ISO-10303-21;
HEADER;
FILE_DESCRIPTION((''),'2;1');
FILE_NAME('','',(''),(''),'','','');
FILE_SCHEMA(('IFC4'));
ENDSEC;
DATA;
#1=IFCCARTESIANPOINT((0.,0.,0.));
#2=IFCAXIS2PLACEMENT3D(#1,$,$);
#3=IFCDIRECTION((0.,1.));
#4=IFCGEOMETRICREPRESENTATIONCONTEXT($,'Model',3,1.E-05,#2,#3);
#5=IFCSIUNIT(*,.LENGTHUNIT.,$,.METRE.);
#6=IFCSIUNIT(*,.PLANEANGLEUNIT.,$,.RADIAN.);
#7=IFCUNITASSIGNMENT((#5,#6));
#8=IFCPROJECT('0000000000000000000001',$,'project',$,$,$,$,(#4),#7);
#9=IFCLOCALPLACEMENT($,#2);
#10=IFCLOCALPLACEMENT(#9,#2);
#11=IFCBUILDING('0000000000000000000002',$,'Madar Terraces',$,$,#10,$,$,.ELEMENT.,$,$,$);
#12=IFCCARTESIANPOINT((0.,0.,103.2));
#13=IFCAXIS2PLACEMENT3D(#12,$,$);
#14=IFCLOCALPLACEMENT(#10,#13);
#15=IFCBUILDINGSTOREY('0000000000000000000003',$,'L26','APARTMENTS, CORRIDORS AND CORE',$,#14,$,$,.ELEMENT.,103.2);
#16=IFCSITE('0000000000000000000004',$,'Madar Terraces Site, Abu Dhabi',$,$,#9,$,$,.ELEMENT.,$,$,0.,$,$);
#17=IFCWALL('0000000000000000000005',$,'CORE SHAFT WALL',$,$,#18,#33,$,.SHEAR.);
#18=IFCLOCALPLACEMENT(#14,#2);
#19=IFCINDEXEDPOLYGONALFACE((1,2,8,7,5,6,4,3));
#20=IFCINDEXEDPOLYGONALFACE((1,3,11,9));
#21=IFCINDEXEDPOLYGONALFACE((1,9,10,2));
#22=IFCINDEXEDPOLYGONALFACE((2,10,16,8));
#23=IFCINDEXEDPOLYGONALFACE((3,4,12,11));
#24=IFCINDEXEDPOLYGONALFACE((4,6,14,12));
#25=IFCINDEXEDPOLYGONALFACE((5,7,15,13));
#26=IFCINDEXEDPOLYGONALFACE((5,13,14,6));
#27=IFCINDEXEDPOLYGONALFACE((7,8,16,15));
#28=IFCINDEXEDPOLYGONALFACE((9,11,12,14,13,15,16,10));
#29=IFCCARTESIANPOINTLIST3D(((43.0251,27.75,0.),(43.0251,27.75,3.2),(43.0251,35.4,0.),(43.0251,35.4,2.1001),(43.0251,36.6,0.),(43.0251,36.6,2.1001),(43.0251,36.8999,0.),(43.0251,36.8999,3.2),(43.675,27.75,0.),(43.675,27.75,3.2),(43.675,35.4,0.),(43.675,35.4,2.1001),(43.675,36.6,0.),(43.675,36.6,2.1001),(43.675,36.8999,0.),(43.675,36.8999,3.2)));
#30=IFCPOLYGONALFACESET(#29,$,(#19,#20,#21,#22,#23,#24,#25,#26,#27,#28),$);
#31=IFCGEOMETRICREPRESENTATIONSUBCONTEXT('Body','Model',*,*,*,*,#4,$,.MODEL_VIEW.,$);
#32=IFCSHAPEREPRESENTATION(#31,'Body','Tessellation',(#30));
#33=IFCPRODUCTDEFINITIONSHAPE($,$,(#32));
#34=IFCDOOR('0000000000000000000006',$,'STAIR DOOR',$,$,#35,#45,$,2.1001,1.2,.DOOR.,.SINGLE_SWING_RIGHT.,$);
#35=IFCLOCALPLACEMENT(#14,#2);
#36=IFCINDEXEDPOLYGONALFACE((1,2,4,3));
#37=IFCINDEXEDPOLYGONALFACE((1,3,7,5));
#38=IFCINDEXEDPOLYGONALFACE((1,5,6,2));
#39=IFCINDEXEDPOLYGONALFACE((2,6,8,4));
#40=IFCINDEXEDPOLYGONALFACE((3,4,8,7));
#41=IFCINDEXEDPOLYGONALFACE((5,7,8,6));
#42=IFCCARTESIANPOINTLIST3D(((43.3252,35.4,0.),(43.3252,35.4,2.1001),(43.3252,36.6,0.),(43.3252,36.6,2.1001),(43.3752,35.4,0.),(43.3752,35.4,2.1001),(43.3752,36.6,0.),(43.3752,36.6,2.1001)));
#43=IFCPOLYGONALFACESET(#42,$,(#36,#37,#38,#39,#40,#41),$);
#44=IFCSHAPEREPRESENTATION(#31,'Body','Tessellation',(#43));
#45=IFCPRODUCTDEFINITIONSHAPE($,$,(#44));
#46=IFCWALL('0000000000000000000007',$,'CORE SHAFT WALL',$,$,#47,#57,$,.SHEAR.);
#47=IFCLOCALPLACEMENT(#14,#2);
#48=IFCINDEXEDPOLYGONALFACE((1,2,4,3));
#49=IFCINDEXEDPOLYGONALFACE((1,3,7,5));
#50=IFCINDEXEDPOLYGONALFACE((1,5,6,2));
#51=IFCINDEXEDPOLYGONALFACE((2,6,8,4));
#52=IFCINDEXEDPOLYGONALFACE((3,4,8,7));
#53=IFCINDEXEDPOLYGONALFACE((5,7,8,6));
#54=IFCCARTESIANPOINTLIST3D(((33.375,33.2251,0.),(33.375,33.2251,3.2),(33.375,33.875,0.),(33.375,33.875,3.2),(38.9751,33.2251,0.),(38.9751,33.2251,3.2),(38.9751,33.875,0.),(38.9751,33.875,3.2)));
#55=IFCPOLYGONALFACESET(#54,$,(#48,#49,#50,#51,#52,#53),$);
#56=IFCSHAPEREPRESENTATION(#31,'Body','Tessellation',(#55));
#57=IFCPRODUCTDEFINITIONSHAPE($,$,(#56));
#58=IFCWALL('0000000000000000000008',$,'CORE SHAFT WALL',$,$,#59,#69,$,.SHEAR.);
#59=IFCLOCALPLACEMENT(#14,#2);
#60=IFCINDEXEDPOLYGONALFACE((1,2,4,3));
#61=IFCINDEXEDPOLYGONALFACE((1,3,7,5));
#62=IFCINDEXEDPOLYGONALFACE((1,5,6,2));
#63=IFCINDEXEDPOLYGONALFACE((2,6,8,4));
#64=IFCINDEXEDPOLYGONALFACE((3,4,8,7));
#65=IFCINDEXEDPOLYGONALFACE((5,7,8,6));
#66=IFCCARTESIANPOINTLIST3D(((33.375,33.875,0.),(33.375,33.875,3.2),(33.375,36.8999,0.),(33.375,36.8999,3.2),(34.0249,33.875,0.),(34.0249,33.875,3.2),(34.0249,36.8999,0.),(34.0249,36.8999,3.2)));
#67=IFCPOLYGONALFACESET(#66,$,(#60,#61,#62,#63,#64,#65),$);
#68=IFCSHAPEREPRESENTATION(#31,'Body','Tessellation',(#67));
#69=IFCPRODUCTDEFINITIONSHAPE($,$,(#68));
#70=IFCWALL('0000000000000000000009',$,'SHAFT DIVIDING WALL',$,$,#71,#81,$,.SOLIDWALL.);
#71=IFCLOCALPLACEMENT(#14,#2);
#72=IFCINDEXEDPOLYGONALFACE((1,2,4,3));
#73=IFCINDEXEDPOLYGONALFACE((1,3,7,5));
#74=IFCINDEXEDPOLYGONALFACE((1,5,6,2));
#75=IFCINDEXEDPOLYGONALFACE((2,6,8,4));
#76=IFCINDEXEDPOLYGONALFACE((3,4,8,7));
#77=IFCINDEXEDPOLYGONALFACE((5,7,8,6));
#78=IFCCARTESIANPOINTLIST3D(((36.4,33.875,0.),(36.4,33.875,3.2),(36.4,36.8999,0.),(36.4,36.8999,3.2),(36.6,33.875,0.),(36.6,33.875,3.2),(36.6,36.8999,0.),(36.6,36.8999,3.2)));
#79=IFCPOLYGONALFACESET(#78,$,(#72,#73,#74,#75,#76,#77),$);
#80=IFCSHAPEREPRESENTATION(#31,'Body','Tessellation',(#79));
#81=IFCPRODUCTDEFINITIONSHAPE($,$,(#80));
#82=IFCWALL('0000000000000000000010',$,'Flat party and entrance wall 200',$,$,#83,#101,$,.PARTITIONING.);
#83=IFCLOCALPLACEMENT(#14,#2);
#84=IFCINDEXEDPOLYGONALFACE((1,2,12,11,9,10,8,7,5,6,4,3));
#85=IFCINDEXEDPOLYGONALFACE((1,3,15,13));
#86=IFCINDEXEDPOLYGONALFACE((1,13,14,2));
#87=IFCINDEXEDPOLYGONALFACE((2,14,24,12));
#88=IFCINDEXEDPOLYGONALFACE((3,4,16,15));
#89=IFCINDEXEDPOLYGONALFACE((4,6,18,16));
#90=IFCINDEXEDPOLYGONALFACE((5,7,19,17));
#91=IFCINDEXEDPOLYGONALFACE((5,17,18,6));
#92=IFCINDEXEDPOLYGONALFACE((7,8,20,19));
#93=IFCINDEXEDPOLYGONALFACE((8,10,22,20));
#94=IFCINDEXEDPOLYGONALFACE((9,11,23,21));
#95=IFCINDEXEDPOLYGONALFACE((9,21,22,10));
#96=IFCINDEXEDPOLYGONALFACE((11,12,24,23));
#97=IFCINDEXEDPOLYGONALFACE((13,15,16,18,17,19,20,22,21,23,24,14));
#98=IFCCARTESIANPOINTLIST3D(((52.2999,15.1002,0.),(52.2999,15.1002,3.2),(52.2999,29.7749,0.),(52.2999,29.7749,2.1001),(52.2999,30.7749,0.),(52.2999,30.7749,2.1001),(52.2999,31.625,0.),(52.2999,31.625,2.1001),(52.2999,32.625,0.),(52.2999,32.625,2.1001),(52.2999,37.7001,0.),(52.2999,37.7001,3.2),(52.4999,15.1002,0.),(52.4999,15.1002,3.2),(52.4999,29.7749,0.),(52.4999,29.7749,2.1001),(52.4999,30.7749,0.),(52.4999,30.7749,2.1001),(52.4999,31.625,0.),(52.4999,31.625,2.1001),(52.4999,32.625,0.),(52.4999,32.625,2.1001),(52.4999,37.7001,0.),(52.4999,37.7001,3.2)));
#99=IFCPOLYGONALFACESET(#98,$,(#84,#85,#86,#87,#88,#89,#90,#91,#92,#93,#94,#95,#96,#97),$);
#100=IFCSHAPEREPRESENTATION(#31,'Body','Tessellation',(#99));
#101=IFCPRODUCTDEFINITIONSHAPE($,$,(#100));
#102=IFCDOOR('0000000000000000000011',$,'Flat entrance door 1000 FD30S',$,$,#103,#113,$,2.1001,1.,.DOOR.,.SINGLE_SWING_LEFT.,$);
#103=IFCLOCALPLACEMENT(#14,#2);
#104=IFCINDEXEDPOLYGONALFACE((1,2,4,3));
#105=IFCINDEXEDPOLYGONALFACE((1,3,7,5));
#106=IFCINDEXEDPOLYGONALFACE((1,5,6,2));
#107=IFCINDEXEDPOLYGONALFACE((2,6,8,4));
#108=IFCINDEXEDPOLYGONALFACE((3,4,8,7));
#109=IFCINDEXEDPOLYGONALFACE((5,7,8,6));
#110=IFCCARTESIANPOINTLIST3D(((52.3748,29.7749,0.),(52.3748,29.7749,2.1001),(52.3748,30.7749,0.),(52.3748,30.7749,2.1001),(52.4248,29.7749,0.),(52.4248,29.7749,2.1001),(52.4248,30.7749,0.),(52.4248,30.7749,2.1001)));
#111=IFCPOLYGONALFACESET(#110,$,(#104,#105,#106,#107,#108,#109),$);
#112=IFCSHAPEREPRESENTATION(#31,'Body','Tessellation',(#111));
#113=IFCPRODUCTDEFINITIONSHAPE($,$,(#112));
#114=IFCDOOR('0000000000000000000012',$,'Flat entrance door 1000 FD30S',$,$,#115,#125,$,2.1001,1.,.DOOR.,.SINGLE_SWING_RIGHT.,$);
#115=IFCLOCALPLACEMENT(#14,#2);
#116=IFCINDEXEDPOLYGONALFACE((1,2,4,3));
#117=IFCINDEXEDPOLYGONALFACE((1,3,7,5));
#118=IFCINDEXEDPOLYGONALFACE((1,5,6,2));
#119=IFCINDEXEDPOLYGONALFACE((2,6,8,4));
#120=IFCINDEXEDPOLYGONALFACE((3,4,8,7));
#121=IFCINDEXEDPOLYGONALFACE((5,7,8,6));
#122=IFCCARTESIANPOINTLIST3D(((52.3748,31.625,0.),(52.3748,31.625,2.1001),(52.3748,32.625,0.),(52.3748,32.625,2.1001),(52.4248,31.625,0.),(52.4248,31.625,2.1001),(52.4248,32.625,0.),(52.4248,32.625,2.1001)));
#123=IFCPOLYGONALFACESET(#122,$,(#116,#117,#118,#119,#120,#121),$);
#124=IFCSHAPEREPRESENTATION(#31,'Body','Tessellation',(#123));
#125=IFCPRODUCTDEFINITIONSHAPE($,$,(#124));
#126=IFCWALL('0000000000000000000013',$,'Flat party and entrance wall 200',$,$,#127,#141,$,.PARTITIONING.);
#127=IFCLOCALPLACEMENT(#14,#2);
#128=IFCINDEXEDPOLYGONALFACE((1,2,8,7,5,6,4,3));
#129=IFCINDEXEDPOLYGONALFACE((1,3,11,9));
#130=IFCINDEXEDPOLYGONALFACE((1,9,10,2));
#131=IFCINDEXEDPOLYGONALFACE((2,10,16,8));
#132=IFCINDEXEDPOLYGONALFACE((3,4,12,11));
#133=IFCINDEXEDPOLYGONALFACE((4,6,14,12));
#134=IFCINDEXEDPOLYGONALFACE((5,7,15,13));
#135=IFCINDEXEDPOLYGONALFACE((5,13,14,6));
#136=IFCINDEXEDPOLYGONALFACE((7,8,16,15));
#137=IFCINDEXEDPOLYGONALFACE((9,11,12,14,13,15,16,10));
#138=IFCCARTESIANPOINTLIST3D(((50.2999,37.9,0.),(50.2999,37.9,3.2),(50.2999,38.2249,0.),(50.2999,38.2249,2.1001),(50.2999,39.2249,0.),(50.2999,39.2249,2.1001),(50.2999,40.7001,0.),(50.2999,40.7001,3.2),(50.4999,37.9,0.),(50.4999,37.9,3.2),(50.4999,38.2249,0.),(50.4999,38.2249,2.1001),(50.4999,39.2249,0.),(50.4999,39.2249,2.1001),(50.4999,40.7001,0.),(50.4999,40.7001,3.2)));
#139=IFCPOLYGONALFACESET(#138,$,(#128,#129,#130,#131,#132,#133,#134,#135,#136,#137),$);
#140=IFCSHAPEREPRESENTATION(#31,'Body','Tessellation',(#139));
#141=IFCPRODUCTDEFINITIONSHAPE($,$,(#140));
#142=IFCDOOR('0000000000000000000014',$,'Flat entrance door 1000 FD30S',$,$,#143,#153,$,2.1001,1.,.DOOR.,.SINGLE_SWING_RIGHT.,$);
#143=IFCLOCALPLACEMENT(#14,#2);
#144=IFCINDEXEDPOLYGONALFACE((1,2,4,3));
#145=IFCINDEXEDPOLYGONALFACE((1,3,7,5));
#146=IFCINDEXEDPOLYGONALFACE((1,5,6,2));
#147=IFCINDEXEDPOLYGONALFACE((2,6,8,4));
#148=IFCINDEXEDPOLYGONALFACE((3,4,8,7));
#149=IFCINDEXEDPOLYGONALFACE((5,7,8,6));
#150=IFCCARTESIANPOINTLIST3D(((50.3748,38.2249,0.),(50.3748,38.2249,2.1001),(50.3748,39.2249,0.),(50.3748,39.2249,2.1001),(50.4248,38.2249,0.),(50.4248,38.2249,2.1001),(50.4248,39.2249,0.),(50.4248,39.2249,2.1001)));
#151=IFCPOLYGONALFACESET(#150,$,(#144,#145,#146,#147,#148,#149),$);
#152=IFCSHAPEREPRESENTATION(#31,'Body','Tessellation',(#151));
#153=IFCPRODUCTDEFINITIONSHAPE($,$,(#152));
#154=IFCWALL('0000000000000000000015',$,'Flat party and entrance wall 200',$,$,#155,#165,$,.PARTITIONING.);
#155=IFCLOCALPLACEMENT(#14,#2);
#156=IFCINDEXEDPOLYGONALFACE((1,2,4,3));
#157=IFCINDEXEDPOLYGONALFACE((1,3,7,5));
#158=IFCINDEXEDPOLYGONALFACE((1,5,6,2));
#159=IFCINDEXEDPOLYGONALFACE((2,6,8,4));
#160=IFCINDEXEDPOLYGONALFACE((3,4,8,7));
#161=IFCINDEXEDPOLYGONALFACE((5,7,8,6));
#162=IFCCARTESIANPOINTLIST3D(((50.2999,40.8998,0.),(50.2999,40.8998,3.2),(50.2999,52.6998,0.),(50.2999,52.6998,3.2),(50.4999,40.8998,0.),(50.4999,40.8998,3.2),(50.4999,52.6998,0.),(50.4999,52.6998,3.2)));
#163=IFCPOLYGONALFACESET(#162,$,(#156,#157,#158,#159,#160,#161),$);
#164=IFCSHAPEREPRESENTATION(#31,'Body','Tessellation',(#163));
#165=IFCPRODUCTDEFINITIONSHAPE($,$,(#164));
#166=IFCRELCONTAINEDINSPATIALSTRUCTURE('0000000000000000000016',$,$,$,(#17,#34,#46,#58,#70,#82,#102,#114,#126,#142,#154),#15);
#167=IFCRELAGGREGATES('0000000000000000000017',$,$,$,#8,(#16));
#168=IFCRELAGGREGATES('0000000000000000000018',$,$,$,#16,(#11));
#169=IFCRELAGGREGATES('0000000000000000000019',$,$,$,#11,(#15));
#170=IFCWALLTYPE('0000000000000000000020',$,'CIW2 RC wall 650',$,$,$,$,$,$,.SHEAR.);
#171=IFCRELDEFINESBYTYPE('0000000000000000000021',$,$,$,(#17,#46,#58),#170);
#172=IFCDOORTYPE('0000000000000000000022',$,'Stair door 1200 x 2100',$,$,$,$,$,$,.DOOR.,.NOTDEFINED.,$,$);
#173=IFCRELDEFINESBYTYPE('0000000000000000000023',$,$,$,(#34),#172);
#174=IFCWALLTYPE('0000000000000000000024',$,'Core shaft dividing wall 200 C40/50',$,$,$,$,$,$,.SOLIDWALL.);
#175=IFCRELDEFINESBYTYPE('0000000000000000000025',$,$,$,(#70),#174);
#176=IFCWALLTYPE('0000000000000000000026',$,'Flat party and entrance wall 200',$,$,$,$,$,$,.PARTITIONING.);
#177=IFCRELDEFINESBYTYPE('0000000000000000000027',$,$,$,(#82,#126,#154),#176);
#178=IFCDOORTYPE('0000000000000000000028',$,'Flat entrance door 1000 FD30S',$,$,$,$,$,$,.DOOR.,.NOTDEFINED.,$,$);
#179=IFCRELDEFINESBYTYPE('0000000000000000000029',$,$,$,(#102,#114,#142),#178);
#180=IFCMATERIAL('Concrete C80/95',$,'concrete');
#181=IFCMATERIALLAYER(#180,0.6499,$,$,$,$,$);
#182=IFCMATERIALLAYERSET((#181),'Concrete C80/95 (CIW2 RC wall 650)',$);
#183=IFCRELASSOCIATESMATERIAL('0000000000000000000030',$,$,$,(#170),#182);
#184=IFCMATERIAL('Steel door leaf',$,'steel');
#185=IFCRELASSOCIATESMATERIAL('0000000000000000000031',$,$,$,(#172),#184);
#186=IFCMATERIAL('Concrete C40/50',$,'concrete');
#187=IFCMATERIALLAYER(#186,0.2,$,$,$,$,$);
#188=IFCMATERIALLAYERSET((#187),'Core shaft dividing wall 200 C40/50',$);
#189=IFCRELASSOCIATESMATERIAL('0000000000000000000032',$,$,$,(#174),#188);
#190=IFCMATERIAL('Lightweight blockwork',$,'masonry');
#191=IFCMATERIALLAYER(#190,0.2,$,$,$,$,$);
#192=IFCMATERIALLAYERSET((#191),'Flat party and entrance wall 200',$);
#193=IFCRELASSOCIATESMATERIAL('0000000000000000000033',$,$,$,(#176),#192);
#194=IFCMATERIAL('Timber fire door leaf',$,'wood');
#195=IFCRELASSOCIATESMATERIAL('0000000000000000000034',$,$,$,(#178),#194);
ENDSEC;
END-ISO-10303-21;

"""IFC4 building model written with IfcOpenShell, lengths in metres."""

from ifc_helpers import new_model, si_unit, direction, frame, frame_2d, origin, place, context, subcontext, project, spatial, rectangle, extrude, material, layer, layer_set, type_object, element, fill, save


model = new_model("IFC4")

# Units and contexts
model_context = context("Model", 3, precision=1e-05, world=origin(), true_north=direction((0.0, 1.0)))
body_context = subcontext(model_context, "Body", "Model", "MODEL_VIEW")
ifc_project = project(units=[si_unit("LENGTHUNIT", "METRE"), si_unit("PLANEANGLEUNIT", "RADIAN")], contexts=[model_context])

# Site, building, storey
site_placement = place(None, origin())
site = spatial("IfcSite", under=ifc_project, at=site_placement, Name="Madar Terraces Site, Abu Dhabi", CompositionType="ELEMENT", RefElevation=0.0)
building_placement = place(site_placement, origin())
building = spatial("IfcBuilding", under=site, at=building_placement, Name="Madar Terraces", CompositionType="ELEMENT")
storey_placement = place(building_placement, frame((0.0, 0.0, 103.2)))
storey = spatial("IfcBuildingStorey", under=building, at=storey_placement, Name="L26", Description="APARTMENTS, CORRIDORS AND CORE", CompositionType="ELEMENT", Elevation=103.2)

# Wall, opening, door
ifc_material_1 = material(Name="Concrete C80/95", Category="concrete")
ifc_layer_1 = layer(ifc_material_1, 0.6499)
ifc_layer_set_1 = layer_set([ifc_layer_1], Name="Concrete C80/95 (CIW2 RC wall 650)")
wall_type_1 = type_object("IfcWallType", Name="CIW2 RC wall 650", PredefinedType="SHEAR", material=ifc_layer_set_1)
wall_1_placement = place(storey_placement, frame((43.3501, 27.75, 0.0), z_axis=(0.0, 0.0, 1.0), x_axis=(0.0, 1.0, 0.0)))
wall_1 = element("IfcWall", 1, at=wall_1_placement, inside=storey, type_object=wall_type_1, Name="CORE SHAFT WALL", PredefinedType="SHEAR", context=body_context, shape_type="SweptSolid", body=[
    extrude(rectangle(XDim=9.1499, YDim=0.6499, at=frame_2d((4.575, 0.0))), origin(), (0.0, 0.0, 1.0), 3.2),
])
opening_1_placement = place(wall_1_placement, frame((7.6499, 0.0, 0.0)))
opening_1 = element("IfcOpeningElement", 2, at=opening_1_placement, cuts=wall_1, PredefinedType="OPENING", context=body_context, shape_type="SweptSolid", body=[
    extrude(rectangle(XDim=1.2, YDim=2.1001, at=frame_2d((0.6001, 1.05))), frame((0.0, 0.335, 0.0), z_axis=(0.0, -1.0, 0.0), x_axis=(1.0, 0.0, 0.0)), (0.0, 0.0, 1.0), 0.6699),
])
ifc_material_2 = material(Name="Steel door leaf", Category="steel")
door_type_1 = type_object("IfcDoorType", Name="Stair door 1200 x 2100", OperationType="NOTDEFINED", PredefinedType="DOOR", material=ifc_material_2)
door_1_placement = place(opening_1_placement, origin())
door_1 = element("IfcDoor", 3, at=door_1_placement, inside=storey, type_object=door_type_1, Name="STAIR DOOR", OperationType="SINGLE_SWING_RIGHT", OverallHeight=2.1001, OverallWidth=1.2, PredefinedType="DOOR", context=body_context, shape_type="SweptSolid", body=[
    extrude(rectangle(XDim=1.2, YDim=2.1001, at=frame_2d((0.6001, 1.05))), frame((0.0, 0.0249, 0.0), z_axis=(0.0, -1.0, 0.0), x_axis=(1.0, 0.0, 0.0)), (0.0, 0.0, 1.0), 0.05),
])
fill(opening_1, door_1)

# Walls
wall_2_placement = place(storey_placement, frame((33.375, 33.55, 0.0), z_axis=(0.0, 0.0, 1.0), x_axis=(1.0, 0.0, 0.0)))
element("IfcWall", 4, at=wall_2_placement, inside=storey, type_object=wall_type_1, Name="CORE SHAFT WALL", PredefinedType="SHEAR", context=body_context, shape_type="SweptSolid", body=[
    extrude(rectangle(XDim=5.6001, YDim=0.6499, at=frame_2d((2.8, 0.0))), origin(), (0.0, 0.0, 1.0), 3.2),
])
wall_3_placement = place(storey_placement, frame((33.7, 33.875, 0.0), z_axis=(0.0, 0.0, 1.0), x_axis=(0.0, 1.0, 0.0)))
element("IfcWall", 5, at=wall_3_placement, inside=storey, type_object=wall_type_1, Name="CORE SHAFT WALL", PredefinedType="SHEAR", context=body_context, shape_type="SweptSolid", body=[
    extrude(rectangle(XDim=3.0249, YDim=0.6499, at=frame_2d((1.5125, 0.0))), origin(), (0.0, 0.0, 1.0), 3.2),
])
ifc_material_3 = material(Name="Concrete C40/50", Category="concrete")
ifc_layer_2 = layer(ifc_material_3, 0.2)
ifc_layer_set_2 = layer_set([ifc_layer_2], Name="Core shaft dividing wall 200 C40/50")
wall_type_2 = type_object("IfcWallType", Name="Core shaft dividing wall 200 C40/50", PredefinedType="SOLIDWALL", material=ifc_layer_set_2)
wall_4_placement = place(storey_placement, frame((36.5, 33.875, 0.0), z_axis=(0.0, 0.0, 1.0), x_axis=(0.0, 1.0, 0.0)))
element("IfcWall", 6, at=wall_4_placement, inside=storey, type_object=wall_type_2, Name="SHAFT DIVIDING WALL", PredefinedType="SOLIDWALL", context=body_context, shape_type="SweptSolid", body=[
    extrude(rectangle(XDim=3.0249, YDim=0.2, at=frame_2d((1.5125, 0.0))), origin(), (0.0, 0.0, 1.0), 3.2),
])

# Wall, openings, doors
ifc_material_4 = material(Name="Lightweight blockwork", Category="masonry")
ifc_layer_3 = layer(ifc_material_4, 0.2)
ifc_layer_set_3 = layer_set([ifc_layer_3], Name="Flat party and entrance wall 200")
wall_type_3 = type_object("IfcWallType", Name="Flat party and entrance wall 200", PredefinedType="PARTITIONING", material=ifc_layer_set_3)
wall_5_placement = place(storey_placement, frame((52.3999, 37.7, 0.0), z_axis=(0.0, 0.0, 1.0), x_axis=(0.0, -1.0, 0.0)))
wall_5 = element("IfcWall", 7, at=wall_5_placement, inside=storey, type_object=wall_type_3, Name="Flat party and entrance wall 200", PredefinedType="PARTITIONING", context=body_context, shape_type="SweptSolid", body=[
    extrude(rectangle(XDim=22.5999, YDim=0.2, at=frame_2d((11.2998, 0.0))), origin(), (0.0, 0.0, 1.0), 3.2),
])
opening_2_placement = place(wall_5_placement, frame((6.925, 0.0, 0.0)))
opening_2 = element("IfcOpeningElement", 8, at=opening_2_placement, cuts=wall_5, PredefinedType="OPENING", context=body_context, shape_type="SweptSolid", body=[
    extrude(rectangle(XDim=1.0, YDim=2.1001, at=frame_2d((0.5, 1.05))), frame((0.0, 0.1099, 0.0), z_axis=(0.0, -1.0, 0.0), x_axis=(1.0, 0.0, 0.0)), (0.0, 0.0, 1.0), 0.22),
])
opening_3_placement = place(wall_5_placement, frame((5.075, 0.0, 0.0)))
opening_3 = element("IfcOpeningElement", 9, at=opening_3_placement, cuts=wall_5, PredefinedType="OPENING", context=body_context, shape_type="SweptSolid", body=[
    extrude(rectangle(XDim=1.0, YDim=2.1001, at=frame_2d((0.5, 1.05))), frame((0.0, 0.1099, 0.0), z_axis=(0.0, -1.0, 0.0), x_axis=(1.0, 0.0, 0.0)), (0.0, 0.0, 1.0), 0.22),
])
ifc_material_5 = material(Name="Timber fire door leaf", Category="wood")
door_type_2 = type_object("IfcDoorType", Name="Flat entrance door 1000 FD30S", OperationType="NOTDEFINED", PredefinedType="DOOR", material=ifc_material_5)
door_2_placement = place(opening_2_placement, origin())
door_2 = element("IfcDoor", 10, at=door_2_placement, inside=storey, type_object=door_type_2, Name="Flat entrance door 1000 FD30S", OperationType="SINGLE_SWING_LEFT", OverallHeight=2.1001, OverallWidth=1.0, PredefinedType="DOOR", context=body_context, shape_type="SweptSolid", body=[
    extrude(rectangle(XDim=1.0, YDim=2.1001, at=frame_2d((0.5, 1.05))), frame((0.0, 0.0249, 0.0), z_axis=(0.0, -1.0, 0.0), x_axis=(1.0, 0.0, 0.0)), (0.0, 0.0, 1.0), 0.05),
])
fill(opening_2, door_2)
door_3_placement = place(opening_3_placement, origin())
door_3 = element("IfcDoor", 11, at=door_3_placement, inside=storey, type_object=door_type_2, Name="Flat entrance door 1000 FD30S", OperationType="SINGLE_SWING_RIGHT", OverallHeight=2.1001, OverallWidth=1.0, PredefinedType="DOOR", context=body_context, shape_type="SweptSolid", body=[
    extrude(rectangle(XDim=1.0, YDim=2.1001, at=frame_2d((0.5, 1.05))), frame((0.0, 0.0249, 0.0), z_axis=(0.0, -1.0, 0.0), x_axis=(1.0, 0.0, 0.0)), (0.0, 0.0, 1.0), 0.05),
])
fill(opening_3, door_3)

# Wall, opening, door
wall_6_placement = place(storey_placement, frame((50.3999, 40.7, 0.0), z_axis=(0.0, 0.0, 1.0), x_axis=(0.0, -1.0, 0.0)))
wall_6 = element("IfcWall", 12, at=wall_6_placement, inside=storey, type_object=wall_type_3, Name="Flat party and entrance wall 200", PredefinedType="PARTITIONING", context=body_context, shape_type="SweptSolid", body=[
    extrude(rectangle(XDim=2.8, YDim=0.2, at=frame_2d((1.3999, 0.0))), origin(), (0.0, 0.0, 1.0), 3.2),
])
opening_4_placement = place(wall_6_placement, frame((1.4751, 0.0, 0.0)))
opening_4 = element("IfcOpeningElement", 13, at=opening_4_placement, cuts=wall_6, PredefinedType="OPENING", context=body_context, shape_type="SweptSolid", body=[
    extrude(rectangle(XDim=1.0, YDim=2.1001, at=frame_2d((0.5, 1.05))), frame((0.0, 0.1099, 0.0), z_axis=(0.0, -1.0, 0.0), x_axis=(1.0, 0.0, 0.0)), (0.0, 0.0, 1.0), 0.22),
])
door_4_placement = place(opening_4_placement, origin())
door_4 = element("IfcDoor", 14, at=door_4_placement, inside=storey, type_object=door_type_2, Name="Flat entrance door 1000 FD30S", OperationType="SINGLE_SWING_RIGHT", OverallHeight=2.1001, OverallWidth=1.0, PredefinedType="DOOR", context=body_context, shape_type="SweptSolid", body=[
    extrude(rectangle(XDim=1.0, YDim=2.1001, at=frame_2d((0.5, 1.05))), frame((0.0, 0.0249, 0.0), z_axis=(0.0, -1.0, 0.0), x_axis=(1.0, 0.0, 0.0)), (0.0, 0.0, 1.0), 0.05),
])
fill(opening_4, door_4)

# Wall
wall_7_placement = place(storey_placement, frame((50.3999, 40.8999, 0.0), z_axis=(0.0, 0.0, 1.0), x_axis=(0.0, 1.0, 0.0)))
element("IfcWall", 15, at=wall_7_placement, inside=storey, type_object=wall_type_3, Name="Flat party and entrance wall 200", PredefinedType="PARTITIONING", context=body_context, shape_type="SweptSolid", body=[
    extrude(rectangle(XDim=11.8, YDim=0.2, at=frame_2d((5.8999, 0.0))), origin(), (0.0, 0.0, 1.0), 3.2),
])

save(model, "model.ifc")
